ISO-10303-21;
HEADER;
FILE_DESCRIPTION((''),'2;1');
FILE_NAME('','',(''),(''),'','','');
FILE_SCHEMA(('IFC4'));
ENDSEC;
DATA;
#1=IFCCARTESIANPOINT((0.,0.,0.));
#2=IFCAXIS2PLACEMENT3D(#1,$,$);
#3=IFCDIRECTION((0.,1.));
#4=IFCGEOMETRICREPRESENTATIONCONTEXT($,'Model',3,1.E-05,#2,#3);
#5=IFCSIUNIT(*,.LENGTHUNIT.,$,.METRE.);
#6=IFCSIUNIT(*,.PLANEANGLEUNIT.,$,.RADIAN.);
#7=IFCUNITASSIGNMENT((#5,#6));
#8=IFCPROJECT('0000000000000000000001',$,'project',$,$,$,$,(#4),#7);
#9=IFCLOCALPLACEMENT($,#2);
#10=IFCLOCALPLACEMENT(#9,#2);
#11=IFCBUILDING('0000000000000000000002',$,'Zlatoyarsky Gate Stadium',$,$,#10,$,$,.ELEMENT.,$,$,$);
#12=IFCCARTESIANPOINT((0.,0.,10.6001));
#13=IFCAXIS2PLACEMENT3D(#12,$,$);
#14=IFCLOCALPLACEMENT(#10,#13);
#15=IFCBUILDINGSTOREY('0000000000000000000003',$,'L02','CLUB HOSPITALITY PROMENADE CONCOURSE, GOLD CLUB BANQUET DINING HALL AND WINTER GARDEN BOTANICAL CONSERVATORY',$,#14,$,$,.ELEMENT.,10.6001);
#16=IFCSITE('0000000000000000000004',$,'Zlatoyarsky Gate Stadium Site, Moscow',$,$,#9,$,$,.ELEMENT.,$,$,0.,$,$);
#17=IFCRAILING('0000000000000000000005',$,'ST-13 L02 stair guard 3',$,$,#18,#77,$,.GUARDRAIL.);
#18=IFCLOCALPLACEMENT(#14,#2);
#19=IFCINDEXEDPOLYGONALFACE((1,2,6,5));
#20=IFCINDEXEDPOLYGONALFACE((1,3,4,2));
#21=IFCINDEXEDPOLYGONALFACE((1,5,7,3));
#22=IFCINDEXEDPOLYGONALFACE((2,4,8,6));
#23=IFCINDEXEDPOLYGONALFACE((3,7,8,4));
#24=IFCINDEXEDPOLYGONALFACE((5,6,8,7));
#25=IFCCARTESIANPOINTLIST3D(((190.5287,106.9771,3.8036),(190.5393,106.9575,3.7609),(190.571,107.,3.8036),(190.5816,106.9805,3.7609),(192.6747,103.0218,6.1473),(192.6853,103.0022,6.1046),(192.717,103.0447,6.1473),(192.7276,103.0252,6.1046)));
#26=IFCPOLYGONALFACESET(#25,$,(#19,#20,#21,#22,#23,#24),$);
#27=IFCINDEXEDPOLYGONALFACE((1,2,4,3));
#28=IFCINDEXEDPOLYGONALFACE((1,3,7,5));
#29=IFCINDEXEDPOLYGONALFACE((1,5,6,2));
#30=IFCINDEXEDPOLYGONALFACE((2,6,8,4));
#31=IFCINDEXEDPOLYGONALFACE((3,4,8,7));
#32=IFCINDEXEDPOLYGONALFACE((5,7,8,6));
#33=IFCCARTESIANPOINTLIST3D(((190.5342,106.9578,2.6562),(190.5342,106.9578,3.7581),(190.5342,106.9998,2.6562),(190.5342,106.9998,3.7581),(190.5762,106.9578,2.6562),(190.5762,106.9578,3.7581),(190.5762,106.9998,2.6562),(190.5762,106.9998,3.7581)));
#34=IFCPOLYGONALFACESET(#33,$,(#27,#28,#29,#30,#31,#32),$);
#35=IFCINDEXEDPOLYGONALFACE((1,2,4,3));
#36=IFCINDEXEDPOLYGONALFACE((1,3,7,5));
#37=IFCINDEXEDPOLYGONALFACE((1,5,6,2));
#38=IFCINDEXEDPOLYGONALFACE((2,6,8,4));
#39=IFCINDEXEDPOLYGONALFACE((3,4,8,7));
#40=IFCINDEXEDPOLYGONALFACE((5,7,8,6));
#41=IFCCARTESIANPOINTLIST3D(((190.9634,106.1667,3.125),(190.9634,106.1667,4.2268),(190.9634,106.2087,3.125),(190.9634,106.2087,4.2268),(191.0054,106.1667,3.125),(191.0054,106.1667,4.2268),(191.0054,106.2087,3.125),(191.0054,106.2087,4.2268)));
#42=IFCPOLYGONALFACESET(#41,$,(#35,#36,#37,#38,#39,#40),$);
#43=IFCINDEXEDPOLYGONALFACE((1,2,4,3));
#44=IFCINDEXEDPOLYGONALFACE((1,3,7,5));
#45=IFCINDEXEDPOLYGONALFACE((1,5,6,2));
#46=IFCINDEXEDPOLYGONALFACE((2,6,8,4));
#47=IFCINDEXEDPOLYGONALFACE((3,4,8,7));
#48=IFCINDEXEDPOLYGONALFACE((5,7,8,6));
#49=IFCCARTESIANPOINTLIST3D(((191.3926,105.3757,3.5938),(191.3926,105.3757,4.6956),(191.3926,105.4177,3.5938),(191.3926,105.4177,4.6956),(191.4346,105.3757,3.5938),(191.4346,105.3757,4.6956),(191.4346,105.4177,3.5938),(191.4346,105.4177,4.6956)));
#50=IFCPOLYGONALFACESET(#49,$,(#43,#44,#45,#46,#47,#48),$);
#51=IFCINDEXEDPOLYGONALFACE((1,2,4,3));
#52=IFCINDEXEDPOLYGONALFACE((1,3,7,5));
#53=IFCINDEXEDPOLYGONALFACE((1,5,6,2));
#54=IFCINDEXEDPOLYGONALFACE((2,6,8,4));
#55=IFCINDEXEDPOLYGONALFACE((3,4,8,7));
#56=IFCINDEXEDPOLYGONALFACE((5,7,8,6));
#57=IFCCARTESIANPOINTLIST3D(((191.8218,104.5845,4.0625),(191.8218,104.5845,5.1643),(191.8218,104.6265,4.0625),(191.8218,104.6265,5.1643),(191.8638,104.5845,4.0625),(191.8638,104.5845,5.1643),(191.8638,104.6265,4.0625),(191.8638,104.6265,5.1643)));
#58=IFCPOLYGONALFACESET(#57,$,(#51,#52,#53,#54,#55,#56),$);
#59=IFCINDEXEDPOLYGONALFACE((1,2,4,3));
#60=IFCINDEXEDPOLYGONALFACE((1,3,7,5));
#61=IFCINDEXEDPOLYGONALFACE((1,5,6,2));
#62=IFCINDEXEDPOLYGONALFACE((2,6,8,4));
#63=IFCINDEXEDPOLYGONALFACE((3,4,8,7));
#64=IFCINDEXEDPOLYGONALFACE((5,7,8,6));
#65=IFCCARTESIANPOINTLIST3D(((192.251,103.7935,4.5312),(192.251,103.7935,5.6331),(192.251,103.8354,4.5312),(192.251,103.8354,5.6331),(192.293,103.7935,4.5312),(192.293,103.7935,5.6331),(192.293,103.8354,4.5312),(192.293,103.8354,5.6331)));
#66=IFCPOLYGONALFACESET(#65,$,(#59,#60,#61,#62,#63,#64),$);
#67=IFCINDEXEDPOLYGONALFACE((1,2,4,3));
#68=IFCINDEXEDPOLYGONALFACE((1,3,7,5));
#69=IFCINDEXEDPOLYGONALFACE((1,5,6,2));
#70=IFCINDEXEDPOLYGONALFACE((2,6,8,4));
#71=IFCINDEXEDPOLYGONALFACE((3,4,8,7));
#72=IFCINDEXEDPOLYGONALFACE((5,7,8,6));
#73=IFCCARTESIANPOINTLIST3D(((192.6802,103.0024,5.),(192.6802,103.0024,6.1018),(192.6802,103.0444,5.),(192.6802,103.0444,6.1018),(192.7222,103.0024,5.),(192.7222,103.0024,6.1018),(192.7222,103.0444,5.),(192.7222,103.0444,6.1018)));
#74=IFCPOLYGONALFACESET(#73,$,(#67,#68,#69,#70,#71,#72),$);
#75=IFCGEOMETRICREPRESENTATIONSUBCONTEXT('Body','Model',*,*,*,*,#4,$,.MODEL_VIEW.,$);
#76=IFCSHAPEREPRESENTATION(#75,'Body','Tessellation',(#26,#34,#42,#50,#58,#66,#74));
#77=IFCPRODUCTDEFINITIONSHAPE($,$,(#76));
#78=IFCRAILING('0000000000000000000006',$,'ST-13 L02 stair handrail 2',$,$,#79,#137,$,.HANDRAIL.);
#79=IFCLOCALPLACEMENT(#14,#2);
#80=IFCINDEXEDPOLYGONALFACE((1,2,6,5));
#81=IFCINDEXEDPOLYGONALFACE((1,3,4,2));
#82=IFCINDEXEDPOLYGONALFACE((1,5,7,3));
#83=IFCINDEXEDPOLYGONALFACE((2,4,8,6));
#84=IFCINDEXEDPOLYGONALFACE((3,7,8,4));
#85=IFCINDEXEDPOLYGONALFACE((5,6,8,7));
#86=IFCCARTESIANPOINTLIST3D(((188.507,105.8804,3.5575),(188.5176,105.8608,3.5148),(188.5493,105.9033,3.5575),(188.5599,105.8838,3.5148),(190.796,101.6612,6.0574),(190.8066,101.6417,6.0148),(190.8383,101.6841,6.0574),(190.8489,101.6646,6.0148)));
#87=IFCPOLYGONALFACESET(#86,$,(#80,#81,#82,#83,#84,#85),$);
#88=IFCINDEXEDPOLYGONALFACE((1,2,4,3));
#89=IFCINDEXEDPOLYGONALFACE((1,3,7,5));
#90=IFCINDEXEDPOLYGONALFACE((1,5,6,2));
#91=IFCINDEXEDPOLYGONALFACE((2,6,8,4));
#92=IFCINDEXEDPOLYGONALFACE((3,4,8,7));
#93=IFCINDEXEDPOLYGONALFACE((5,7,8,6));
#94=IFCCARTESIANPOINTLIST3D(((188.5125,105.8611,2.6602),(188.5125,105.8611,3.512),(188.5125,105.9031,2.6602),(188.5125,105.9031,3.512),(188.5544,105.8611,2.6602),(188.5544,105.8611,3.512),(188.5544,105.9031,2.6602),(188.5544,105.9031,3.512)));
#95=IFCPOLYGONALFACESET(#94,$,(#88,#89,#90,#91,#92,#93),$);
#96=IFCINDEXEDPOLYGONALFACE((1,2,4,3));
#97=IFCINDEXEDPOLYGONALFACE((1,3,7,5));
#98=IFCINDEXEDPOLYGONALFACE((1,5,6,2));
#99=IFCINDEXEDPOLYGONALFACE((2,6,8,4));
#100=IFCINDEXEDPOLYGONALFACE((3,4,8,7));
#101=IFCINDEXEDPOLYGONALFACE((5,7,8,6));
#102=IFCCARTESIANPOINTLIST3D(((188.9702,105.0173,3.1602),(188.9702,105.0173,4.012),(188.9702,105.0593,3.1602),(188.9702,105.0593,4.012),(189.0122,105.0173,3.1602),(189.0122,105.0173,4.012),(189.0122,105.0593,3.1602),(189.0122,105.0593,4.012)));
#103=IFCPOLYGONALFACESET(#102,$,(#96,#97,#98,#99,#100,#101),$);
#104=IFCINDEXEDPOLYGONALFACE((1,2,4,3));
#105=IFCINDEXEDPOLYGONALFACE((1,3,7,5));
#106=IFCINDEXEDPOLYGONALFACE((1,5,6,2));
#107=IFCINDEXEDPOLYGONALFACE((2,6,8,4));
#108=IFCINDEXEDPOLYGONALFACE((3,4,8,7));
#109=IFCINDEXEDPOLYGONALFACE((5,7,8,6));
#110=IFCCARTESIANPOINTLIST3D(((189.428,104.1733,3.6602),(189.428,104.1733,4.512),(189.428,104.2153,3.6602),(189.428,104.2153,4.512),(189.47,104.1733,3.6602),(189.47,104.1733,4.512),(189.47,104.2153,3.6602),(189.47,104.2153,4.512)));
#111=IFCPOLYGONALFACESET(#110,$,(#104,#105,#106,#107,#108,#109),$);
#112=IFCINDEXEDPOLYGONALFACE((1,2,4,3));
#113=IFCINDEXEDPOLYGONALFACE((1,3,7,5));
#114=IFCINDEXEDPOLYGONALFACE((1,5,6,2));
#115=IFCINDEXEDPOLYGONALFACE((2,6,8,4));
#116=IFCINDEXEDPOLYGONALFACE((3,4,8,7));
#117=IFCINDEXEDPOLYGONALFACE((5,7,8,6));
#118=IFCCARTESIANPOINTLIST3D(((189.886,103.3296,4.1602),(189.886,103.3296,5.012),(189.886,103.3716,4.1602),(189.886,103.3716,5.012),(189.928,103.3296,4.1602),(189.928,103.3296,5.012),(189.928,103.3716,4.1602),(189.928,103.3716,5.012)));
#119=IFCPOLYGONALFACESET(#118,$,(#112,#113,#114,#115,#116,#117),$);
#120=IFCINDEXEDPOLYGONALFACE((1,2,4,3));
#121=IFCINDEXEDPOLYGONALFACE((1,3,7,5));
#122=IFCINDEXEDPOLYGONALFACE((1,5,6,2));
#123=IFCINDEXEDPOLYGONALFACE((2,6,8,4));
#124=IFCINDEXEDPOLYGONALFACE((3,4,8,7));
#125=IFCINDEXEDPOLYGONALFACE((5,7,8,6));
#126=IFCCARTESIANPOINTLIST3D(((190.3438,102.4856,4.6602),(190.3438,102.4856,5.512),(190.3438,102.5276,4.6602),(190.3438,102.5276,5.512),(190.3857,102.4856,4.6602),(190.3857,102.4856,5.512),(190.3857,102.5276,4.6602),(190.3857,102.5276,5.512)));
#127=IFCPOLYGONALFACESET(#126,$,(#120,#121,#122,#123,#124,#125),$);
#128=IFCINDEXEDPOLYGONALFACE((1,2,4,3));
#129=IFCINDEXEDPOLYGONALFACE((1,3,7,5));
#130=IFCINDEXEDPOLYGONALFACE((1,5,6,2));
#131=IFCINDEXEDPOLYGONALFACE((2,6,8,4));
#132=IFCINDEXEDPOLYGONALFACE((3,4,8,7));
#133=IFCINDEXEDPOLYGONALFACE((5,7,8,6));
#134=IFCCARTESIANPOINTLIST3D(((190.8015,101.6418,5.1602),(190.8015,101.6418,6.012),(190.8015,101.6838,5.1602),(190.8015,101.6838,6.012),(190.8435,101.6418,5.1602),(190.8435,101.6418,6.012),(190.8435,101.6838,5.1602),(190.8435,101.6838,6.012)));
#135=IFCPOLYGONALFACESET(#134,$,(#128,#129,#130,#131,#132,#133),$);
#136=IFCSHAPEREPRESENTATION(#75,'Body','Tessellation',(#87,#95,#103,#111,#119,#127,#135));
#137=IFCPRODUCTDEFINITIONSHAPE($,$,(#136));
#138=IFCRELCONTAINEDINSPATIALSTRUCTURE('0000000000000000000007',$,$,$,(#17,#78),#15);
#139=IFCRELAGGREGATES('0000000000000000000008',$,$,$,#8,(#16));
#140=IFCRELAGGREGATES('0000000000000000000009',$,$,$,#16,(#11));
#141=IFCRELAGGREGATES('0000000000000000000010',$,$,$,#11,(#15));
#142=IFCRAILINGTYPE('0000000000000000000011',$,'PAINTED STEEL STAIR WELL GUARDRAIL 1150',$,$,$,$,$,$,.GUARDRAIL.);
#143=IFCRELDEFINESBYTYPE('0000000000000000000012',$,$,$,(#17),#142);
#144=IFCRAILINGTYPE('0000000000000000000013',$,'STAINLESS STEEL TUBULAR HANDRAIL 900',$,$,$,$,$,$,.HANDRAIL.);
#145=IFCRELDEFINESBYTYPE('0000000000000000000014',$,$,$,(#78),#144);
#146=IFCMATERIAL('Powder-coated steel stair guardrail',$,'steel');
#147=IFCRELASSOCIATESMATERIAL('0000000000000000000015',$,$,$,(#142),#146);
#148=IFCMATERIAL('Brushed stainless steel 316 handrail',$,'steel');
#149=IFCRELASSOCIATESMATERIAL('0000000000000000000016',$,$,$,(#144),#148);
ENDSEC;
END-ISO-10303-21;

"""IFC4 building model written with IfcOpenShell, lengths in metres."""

from ifc_helpers import new_model, si_unit, direction, frame, origin, origin_2d, place, context, subcontext, project, spatial, rectangle, extrude, material, type_object, element, save


model = new_model("IFC4")

# Units and contexts
model_context = context("Model", 3, precision=1e-05, world=origin(), true_north=direction((0.0, 1.0)))
body_context = subcontext(model_context, "Body", "Model", "MODEL_VIEW")
ifc_project = project(units=[si_unit("LENGTHUNIT", "METRE"), si_unit("PLANEANGLEUNIT", "RADIAN")], contexts=[model_context])

# Site, building, storey
site_placement = place(None, origin())
site = spatial("IfcSite", under=ifc_project, at=site_placement, Name="Zlatoyarsky Gate Stadium Site, Moscow", CompositionType="ELEMENT", RefElevation=0.0)
building_placement = place(site_placement, origin())
building = spatial("IfcBuilding", under=site, at=building_placement, Name="Zlatoyarsky Gate Stadium", CompositionType="ELEMENT")
storey_placement = place(building_placement, frame((0.0, 0.0, 10.6001)))
storey = spatial("IfcBuildingStorey", under=building, at=storey_placement, Name="L02", Description="CLUB HOSPITALITY PROMENADE CONCOURSE, GOLD CLUB BANQUET DINING HALL AND WINTER GARDEN BOTANICAL CONSERVATORY", CompositionType="ELEMENT", Elevation=10.6001)

# Railings
ifc_material_1 = material(Name="Powder-coated steel stair guardrail", Category="steel")
railing_type_1 = type_object("IfcRailingType", Name="PAINTED STEEL STAIR WELL GUARDRAIL 1150", PredefinedType="GUARDRAIL", material=ifc_material_1)
railing_1_placement = place(storey_placement, frame((190.5552, 106.9788, 2.6562)))
element("IfcRailing", 1, at=railing_1_placement, inside=storey, type_object=railing_type_1, Name="ST-13 L02 stair guard 3", PredefinedType="GUARDRAIL", context=body_context, shape_type="SweptSolid", body=[
    extrude(rectangle(XDim=0.0481, YDim=0.0481, at=origin_2d()), frame((0.0, 0.0, 1.126), z_axis=(0.42296, -0.779564, 0.461936), x_axis=(0.878963, 0.47689, 0.0)), (0.0, 0.0, 1.0), 5.0737),
    extrude(rectangle(XDim=0.042, YDim=0.042, at=origin_2d()), origin(), (0.0, 0.0, 1.0), 1.1018),
    extrude(rectangle(XDim=0.042, YDim=0.042, at=origin_2d()), frame((0.4292, -0.791, 0.4688)), (0.0, 0.0, 1.0), 1.1018),
    extrude(rectangle(XDim=0.042, YDim=0.042, at=origin_2d()), frame((0.8584, -1.582, 0.9375)), (0.0, 0.0, 1.0), 1.1018),
    extrude(rectangle(XDim=0.042, YDim=0.042, at=origin_2d()), frame((1.2876, -2.3733, 1.4062)), (0.0, 0.0, 1.0), 1.1018),
    extrude(rectangle(XDim=0.042, YDim=0.042, at=origin_2d()), frame((1.7168, -3.1643, 1.875)), (0.0, 0.0, 1.0), 1.1018),
    extrude(rectangle(XDim=0.042, YDim=0.042, at=origin_2d()), frame((2.146, -3.9553, 2.3438)), (0.0, 0.0, 1.0), 1.1018),
])
ifc_material_2 = material(Name="Brushed stainless steel 316 handrail", Category="steel")
railing_type_2 = type_object("IfcRailingType", Name="STAINLESS STEEL TUBULAR HANDRAIL 900", PredefinedType="HANDRAIL", material=ifc_material_2)
railing_2_placement = place(storey_placement, frame((188.5334, 105.8821, 2.6602)))
element("IfcRailing", 2, at=railing_2_placement, inside=storey, type_object=railing_type_2, Name="ST-13 L02 stair handrail 2", PredefinedType="HANDRAIL", context=body_context, shape_type="SweptSolid", body=[
    extrude(rectangle(XDim=0.0481, YDim=0.0481, at=origin_2d()), frame((0.0, 0.0, 0.876), z_axis=(0.422946, -0.779581, 0.46192), x_axis=(0.878974, 0.47687, 0.0)), (0.0, 0.0, 1.0), 5.4121),
    extrude(rectangle(XDim=0.042, YDim=0.042, at=origin_2d()), origin(), (0.0, 0.0, 1.0), 0.8518),
    extrude(rectangle(XDim=0.042, YDim=0.042, at=origin_2d()), frame((0.4578, -0.8438, 0.5)), (0.0, 0.0, 1.0), 0.8518),
    extrude(rectangle(XDim=0.042, YDim=0.042, at=origin_2d()), frame((0.9155, -1.6877, 1.0)), (0.0, 0.0, 1.0), 0.8518),
    extrude(rectangle(XDim=0.042, YDim=0.042, at=origin_2d()), frame((1.3735, -2.5315, 1.5)), (0.0, 0.0, 1.0), 0.8518),
    extrude(rectangle(XDim=0.042, YDim=0.042, at=origin_2d()), frame((1.8313, -3.3755, 2.0)), (0.0, 0.0, 1.0), 0.8518),
    extrude(rectangle(XDim=0.042, YDim=0.042, at=origin_2d()), frame((2.2891, -4.2192, 2.5)), (0.0, 0.0, 1.0), 0.8518),
])

save(model, "model.ifc")
